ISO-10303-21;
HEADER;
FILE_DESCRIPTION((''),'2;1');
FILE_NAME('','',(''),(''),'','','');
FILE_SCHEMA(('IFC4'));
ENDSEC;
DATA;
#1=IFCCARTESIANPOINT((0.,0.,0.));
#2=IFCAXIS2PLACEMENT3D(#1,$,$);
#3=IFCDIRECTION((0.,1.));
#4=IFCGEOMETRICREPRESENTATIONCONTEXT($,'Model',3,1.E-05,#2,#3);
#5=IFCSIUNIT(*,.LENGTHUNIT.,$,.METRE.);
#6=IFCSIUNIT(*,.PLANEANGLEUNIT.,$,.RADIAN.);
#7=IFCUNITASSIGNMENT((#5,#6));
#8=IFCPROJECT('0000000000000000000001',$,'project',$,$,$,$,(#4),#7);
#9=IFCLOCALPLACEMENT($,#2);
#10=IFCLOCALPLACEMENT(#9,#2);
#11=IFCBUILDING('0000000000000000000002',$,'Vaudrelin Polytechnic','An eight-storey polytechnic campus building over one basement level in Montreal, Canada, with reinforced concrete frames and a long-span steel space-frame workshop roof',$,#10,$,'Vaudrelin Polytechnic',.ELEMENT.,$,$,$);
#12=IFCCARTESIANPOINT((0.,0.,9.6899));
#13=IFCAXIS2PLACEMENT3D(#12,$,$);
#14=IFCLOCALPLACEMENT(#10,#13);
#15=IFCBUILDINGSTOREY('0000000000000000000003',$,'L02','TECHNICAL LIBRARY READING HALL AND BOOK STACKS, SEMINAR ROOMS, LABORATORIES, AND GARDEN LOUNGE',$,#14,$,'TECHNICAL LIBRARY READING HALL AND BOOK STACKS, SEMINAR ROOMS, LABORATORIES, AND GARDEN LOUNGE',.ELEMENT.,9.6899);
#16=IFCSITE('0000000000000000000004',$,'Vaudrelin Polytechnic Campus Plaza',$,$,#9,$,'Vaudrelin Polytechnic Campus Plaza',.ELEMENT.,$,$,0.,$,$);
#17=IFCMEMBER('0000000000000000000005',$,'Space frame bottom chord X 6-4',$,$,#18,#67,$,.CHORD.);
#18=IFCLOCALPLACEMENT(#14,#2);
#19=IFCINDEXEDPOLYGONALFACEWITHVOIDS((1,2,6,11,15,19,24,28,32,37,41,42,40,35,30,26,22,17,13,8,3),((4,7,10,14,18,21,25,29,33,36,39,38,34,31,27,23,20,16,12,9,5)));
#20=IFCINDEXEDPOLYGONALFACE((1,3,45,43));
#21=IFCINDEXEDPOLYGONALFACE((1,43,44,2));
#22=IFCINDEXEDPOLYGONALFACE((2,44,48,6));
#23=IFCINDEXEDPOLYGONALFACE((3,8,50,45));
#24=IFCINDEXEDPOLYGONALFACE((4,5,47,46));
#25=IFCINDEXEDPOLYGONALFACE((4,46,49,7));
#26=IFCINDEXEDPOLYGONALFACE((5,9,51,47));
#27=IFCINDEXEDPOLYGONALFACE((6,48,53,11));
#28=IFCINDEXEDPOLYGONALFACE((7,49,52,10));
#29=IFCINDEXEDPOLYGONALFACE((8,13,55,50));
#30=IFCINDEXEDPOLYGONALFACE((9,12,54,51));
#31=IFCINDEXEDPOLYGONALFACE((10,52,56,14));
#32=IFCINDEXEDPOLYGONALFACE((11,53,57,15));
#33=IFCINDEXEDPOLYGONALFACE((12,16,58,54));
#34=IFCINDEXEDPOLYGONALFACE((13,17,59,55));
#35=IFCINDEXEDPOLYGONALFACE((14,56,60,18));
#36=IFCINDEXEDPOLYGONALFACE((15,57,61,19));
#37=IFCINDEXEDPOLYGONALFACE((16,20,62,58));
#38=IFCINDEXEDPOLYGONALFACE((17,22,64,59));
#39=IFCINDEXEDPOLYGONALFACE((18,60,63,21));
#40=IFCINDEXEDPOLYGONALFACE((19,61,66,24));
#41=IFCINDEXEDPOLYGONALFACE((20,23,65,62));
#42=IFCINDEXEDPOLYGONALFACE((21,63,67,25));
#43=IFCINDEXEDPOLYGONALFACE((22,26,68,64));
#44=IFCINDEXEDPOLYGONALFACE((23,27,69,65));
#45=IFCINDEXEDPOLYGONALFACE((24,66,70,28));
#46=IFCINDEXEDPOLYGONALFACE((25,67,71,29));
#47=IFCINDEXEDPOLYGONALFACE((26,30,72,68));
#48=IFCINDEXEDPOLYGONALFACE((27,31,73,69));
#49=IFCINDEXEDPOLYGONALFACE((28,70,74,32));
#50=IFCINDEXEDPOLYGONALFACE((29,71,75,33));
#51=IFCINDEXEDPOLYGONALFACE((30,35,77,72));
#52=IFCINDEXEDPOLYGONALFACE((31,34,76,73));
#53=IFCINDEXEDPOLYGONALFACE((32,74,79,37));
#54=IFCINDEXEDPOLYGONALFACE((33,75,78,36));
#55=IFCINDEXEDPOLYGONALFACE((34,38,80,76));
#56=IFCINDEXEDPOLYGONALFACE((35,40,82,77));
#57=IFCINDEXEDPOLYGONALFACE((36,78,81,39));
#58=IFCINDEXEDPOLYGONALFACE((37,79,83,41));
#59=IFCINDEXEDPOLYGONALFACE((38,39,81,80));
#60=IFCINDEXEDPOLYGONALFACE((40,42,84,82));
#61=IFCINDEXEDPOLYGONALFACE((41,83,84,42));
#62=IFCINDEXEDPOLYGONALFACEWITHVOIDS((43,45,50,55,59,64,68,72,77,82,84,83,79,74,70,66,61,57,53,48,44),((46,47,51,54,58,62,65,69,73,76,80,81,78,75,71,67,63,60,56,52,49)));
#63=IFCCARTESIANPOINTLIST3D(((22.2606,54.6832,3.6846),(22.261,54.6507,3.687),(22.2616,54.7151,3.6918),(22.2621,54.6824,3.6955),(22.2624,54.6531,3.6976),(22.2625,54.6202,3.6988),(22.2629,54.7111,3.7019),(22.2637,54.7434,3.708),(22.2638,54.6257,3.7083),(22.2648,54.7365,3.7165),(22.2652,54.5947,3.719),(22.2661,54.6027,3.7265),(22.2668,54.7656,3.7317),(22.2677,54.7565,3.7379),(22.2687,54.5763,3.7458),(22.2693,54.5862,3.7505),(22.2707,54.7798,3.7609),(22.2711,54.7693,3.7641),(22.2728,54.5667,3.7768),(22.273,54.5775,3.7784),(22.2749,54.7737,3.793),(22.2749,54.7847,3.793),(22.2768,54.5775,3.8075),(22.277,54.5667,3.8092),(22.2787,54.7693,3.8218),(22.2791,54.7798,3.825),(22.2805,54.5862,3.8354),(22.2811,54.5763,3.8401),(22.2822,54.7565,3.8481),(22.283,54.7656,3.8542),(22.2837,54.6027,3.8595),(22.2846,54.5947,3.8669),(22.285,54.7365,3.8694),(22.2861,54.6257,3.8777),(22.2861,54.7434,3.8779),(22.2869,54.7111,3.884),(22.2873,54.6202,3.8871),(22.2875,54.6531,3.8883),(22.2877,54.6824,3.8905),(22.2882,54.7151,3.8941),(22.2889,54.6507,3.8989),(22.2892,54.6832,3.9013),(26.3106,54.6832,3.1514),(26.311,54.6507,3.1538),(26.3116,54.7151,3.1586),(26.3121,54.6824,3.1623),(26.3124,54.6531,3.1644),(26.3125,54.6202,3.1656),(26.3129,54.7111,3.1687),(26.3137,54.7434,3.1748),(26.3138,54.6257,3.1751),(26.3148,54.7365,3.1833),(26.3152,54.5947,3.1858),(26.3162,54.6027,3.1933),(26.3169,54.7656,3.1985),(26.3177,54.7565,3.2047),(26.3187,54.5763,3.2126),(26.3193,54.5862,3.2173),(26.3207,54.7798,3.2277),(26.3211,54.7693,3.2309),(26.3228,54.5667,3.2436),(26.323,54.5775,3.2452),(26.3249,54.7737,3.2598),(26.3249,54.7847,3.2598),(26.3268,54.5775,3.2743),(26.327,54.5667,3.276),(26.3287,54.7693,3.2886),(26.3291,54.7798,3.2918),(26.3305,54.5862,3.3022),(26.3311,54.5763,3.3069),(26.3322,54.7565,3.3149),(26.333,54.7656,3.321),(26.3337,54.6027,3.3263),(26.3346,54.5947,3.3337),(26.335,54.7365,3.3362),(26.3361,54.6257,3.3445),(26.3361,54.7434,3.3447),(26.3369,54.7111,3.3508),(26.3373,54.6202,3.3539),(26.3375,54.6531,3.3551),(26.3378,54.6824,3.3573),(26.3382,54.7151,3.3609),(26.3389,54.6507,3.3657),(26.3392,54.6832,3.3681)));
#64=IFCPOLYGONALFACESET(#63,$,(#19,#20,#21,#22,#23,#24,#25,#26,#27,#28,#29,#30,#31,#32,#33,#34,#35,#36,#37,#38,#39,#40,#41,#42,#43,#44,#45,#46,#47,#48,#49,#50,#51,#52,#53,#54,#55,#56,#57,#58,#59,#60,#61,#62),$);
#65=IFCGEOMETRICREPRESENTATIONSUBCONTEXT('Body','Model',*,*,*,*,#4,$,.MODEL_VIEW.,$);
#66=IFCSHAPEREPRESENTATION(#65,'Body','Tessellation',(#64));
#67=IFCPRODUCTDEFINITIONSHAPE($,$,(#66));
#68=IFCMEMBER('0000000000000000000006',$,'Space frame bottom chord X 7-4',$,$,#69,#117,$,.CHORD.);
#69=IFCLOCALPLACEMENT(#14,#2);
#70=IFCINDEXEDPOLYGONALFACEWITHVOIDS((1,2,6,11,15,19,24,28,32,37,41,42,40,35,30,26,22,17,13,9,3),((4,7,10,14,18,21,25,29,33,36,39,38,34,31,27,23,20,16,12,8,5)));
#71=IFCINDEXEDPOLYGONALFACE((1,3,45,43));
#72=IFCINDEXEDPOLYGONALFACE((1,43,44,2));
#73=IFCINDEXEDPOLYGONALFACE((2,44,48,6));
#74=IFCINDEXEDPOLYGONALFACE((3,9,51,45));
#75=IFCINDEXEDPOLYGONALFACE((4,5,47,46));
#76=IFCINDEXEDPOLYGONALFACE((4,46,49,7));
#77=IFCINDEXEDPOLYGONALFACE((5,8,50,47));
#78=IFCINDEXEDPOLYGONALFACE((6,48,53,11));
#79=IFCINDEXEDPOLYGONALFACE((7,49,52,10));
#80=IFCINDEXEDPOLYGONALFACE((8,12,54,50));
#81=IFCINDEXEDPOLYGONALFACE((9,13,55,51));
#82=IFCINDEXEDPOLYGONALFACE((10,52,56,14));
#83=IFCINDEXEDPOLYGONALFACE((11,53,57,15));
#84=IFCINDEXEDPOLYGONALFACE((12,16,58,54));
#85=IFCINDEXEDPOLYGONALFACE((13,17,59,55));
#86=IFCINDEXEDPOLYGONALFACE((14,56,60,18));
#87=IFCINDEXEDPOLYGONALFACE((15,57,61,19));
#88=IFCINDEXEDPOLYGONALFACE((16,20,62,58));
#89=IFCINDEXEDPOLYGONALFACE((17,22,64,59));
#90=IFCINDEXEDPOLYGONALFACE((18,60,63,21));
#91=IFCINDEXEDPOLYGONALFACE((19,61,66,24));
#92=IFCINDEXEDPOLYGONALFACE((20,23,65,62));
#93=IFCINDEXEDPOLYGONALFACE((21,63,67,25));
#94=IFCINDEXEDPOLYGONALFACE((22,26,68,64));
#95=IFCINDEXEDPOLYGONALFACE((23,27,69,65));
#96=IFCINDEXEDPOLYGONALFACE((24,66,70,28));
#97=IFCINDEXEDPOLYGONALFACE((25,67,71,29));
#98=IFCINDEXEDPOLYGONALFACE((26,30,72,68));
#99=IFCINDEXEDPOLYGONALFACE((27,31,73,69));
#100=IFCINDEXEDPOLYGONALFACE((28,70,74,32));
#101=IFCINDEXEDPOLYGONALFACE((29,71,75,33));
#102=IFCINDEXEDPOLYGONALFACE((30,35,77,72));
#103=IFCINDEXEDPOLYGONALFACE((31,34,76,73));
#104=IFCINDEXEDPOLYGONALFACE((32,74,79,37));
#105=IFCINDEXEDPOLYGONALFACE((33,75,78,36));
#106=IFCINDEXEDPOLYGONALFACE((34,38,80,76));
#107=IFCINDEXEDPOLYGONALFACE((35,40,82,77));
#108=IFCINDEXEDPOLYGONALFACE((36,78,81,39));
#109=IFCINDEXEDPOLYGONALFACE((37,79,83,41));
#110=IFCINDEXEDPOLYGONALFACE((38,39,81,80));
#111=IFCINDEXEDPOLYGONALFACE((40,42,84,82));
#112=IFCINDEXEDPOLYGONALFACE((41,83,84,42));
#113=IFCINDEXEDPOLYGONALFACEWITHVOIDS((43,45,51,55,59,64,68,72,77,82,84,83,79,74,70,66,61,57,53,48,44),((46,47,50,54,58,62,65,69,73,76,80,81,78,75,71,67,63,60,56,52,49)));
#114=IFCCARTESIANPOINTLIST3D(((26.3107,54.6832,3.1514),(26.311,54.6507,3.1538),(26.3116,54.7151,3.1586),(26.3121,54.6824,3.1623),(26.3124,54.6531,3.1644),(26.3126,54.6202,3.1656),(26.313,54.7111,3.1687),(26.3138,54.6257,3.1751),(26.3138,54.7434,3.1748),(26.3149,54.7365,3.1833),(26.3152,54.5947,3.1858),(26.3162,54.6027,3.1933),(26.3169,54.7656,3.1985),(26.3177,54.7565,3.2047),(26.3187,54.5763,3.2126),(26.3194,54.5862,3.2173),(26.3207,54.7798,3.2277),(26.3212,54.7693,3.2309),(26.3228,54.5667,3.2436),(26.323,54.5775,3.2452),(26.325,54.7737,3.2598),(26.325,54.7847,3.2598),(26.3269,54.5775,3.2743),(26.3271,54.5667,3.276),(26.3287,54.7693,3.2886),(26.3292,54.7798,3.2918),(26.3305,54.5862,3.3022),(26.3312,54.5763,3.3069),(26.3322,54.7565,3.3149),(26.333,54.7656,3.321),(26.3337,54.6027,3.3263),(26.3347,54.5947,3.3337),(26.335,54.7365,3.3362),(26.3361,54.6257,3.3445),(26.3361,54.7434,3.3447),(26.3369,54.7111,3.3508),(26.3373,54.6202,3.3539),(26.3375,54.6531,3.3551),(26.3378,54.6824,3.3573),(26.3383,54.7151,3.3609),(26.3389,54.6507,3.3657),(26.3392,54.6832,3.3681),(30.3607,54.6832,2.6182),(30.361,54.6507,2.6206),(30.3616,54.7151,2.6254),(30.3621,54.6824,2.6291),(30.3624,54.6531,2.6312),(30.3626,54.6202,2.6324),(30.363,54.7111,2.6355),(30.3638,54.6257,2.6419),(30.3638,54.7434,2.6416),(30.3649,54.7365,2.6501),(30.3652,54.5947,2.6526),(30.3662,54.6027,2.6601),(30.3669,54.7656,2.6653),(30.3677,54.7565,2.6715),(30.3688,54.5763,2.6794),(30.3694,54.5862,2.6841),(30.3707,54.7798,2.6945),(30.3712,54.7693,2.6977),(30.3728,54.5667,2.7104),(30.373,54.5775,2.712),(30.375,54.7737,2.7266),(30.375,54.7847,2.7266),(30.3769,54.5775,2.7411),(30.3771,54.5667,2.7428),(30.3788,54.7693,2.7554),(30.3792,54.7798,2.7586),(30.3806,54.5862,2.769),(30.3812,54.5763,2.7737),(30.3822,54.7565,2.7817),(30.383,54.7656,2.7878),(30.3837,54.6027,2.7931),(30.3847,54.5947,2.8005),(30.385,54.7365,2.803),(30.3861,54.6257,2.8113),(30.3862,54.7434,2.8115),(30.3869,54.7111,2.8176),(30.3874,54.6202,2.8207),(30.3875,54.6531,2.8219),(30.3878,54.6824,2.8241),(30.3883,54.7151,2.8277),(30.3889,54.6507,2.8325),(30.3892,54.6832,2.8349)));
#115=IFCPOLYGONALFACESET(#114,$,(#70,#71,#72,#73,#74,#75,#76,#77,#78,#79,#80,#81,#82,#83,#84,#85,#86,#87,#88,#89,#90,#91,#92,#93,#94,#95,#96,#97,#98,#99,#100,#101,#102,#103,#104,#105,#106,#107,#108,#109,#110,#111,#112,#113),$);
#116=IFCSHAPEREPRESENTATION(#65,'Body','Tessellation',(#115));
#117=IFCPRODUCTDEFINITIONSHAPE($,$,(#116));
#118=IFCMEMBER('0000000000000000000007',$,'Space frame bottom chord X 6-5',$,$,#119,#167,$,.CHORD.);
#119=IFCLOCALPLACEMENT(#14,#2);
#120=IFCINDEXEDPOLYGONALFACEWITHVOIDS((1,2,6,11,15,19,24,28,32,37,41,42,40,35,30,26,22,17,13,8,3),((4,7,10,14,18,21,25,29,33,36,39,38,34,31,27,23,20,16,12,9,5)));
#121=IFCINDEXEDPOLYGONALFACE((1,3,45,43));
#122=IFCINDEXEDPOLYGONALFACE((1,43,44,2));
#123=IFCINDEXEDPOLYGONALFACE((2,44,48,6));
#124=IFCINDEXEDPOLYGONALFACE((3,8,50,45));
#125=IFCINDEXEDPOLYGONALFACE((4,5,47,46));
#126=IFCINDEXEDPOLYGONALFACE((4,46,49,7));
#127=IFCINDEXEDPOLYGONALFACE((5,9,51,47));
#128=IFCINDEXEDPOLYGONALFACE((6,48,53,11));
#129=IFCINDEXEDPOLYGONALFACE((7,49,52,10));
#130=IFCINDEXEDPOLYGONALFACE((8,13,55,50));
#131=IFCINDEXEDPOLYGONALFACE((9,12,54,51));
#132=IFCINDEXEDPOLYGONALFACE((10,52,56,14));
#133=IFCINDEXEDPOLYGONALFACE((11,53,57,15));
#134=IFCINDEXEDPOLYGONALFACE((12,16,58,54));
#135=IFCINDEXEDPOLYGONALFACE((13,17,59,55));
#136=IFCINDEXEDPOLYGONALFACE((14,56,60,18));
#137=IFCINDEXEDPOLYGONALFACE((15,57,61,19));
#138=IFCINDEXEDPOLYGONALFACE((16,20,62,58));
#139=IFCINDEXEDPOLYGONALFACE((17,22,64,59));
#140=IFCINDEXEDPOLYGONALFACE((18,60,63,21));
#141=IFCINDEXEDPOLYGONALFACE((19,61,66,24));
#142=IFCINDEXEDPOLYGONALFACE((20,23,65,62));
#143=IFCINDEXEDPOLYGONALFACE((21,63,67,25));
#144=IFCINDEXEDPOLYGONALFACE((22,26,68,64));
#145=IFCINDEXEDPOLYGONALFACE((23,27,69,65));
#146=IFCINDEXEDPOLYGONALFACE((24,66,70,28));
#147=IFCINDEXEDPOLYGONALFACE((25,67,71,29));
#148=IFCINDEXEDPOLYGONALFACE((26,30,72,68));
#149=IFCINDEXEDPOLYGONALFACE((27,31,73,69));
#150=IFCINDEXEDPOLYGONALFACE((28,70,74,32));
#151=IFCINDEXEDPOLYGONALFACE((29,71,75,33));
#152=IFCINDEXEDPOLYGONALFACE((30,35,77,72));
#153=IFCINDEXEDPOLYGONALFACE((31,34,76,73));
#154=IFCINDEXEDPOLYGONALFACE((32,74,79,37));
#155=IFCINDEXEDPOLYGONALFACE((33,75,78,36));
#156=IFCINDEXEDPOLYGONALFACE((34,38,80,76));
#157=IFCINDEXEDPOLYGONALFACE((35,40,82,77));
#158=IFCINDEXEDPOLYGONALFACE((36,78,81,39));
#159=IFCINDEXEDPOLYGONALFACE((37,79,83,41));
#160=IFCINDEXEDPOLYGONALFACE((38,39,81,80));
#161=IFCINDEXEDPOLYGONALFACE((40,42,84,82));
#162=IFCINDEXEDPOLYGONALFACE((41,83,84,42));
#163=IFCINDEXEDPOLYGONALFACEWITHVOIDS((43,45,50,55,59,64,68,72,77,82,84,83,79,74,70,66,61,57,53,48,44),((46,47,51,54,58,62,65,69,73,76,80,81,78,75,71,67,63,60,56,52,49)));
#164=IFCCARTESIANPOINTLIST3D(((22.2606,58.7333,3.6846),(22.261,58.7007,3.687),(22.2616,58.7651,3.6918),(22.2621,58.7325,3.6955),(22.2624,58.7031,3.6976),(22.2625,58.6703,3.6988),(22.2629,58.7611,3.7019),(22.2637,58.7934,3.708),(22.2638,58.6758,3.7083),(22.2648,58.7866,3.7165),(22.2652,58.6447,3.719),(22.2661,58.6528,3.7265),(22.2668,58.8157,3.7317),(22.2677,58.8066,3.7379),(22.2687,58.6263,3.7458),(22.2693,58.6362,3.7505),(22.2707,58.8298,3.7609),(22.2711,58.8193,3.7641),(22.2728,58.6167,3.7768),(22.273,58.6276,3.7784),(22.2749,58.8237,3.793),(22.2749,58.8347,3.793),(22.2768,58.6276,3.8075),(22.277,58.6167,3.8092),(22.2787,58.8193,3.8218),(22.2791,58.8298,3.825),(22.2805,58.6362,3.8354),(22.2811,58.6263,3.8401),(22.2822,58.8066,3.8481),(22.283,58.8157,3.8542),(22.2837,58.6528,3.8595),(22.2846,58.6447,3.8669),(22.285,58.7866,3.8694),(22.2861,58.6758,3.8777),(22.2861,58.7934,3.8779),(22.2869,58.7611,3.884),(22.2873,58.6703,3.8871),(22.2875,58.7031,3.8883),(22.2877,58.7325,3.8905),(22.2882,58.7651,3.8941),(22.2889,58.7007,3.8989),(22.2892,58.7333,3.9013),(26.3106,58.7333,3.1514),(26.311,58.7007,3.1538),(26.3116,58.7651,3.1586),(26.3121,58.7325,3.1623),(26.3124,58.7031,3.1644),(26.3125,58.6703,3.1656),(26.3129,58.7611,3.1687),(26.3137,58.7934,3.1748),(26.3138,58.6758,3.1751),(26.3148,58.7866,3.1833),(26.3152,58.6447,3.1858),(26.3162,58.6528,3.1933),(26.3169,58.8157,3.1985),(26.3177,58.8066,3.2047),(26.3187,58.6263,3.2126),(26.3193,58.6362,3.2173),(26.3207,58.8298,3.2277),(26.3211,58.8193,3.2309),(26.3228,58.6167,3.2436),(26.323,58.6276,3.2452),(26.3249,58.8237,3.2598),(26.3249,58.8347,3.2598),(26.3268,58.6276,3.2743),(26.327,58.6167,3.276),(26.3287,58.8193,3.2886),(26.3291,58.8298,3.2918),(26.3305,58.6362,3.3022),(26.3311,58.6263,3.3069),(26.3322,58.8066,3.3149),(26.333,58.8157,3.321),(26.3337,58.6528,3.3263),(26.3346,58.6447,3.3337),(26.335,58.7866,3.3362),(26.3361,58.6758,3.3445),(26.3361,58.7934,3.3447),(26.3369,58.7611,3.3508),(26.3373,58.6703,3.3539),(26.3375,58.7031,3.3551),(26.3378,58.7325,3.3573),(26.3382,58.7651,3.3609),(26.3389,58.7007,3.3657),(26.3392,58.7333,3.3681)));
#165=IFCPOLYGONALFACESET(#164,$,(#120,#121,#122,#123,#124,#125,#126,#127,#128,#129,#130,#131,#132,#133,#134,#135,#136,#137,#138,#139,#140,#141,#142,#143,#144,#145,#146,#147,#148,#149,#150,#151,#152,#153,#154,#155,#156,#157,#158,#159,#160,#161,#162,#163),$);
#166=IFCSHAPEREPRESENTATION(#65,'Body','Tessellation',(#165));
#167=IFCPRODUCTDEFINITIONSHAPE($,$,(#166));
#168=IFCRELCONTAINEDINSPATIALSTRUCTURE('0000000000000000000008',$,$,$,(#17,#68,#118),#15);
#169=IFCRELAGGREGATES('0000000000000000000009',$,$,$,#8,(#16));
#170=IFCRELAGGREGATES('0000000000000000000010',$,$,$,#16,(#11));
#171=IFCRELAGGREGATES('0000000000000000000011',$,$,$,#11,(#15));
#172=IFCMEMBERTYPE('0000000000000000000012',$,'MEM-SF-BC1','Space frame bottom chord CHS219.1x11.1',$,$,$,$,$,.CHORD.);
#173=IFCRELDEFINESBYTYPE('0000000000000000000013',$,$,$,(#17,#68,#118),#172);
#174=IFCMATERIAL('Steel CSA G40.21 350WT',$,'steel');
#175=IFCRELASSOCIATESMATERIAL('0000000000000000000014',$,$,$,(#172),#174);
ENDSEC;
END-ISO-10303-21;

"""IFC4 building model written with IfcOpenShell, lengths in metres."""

from ifc_helpers import new_model, si_unit, direction, frame, origin, origin_2d, place, context, subcontext, project, spatial, hollow_circle, extrude, material, material_profile, profile_set, type_object, element, save


model = new_model("IFC4")

# Units and contexts
model_context = context("Model", 3, precision=1e-05, world=origin(), true_north=direction((0.0, 1.0)))
body_context = subcontext(model_context, "Body", "Model", "MODEL_VIEW")
ifc_project = project(units=[si_unit("LENGTHUNIT", "METRE"), si_unit("PLANEANGLEUNIT", "RADIAN")], contexts=[model_context])

# Site, building, storey
site_placement = place(None, origin())
site = spatial("IfcSite", under=ifc_project, at=site_placement, Name="Vaudrelin Polytechnic Campus Plaza", LongName="Vaudrelin Polytechnic Campus Plaza", CompositionType="ELEMENT", RefElevation=0.0)
building_placement = place(site_placement, origin())
building = spatial("IfcBuilding", under=site, at=building_placement, Name="Vaudrelin Polytechnic", Description="An eight-storey polytechnic campus building over one basement level in Montreal, Canada, with reinforced concrete frames and a long-span steel space-frame workshop roof", LongName="Vaudrelin Polytechnic", CompositionType="ELEMENT")
storey_placement = place(building_placement, frame((0.0, 0.0, 9.6899)))
storey = spatial("IfcBuildingStorey", under=building, at=storey_placement, Name="L02", Description="TECHNICAL LIBRARY READING HALL AND BOOK STACKS, SEMINAR ROOMS, LABORATORIES, AND GARDEN LOUNGE", LongName="TECHNICAL LIBRARY READING HALL AND BOOK STACKS, SEMINAR ROOMS, LABORATORIES, AND GARDEN LOUNGE", CompositionType="ELEMENT", Elevation=9.6899)

# Members
ifc_material_1 = material(Name="Steel CSA G40.21 350WT", Category="steel")
ifc_material_profile_1 = material_profile(ifc_material_1, hollow_circle(Radius=0.1096, WallThickness=0.011, at=origin_2d()), Name="CHS219.1x11.1")
ifc_profile_set_1 = profile_set([ifc_material_profile_1], Name="Steel CSA G40.21 350WT")
member_type = type_object("IfcMemberType", Name="MEM-SF-BC1", Description="Space frame bottom chord CHS219.1x11.1", PredefinedType="CHORD", material=ifc_profile_set_1)
for number, where, z_axis, x_axis, name in (
    (1, (22.2749, 54.675, 3.793), (0.991445, 0.0, -0.130527), (0.0, 1.0, 0.0), "Space frame bottom chord X 6-4"),
    (2, (26.325, 54.675, 3.2598), (0.991445, 0.0, -0.130527), (0.0, 1.0, 0.0), "Space frame bottom chord X 7-4"),
    (3, (22.2749, 58.7251, 3.793), (0.991445, 0.0, -0.130527), (0.0, 1.0, 0.0), "Space frame bottom chord X 6-5"),
):
    element("IfcMember", number, at=place(storey_placement, frame(where, z_axis=z_axis, x_axis=x_axis)), inside=storey, type_object=member_type, Name=name, PredefinedType="CHORD", context=body_context, shape_type="SweptSolid", body=[
        extrude(hollow_circle(Radius=0.1096, WallThickness=0.011, at=origin_2d()), origin(), (0.0, 0.0, 1.0), 4.085),
    ])

save(model, "model.ifc")
